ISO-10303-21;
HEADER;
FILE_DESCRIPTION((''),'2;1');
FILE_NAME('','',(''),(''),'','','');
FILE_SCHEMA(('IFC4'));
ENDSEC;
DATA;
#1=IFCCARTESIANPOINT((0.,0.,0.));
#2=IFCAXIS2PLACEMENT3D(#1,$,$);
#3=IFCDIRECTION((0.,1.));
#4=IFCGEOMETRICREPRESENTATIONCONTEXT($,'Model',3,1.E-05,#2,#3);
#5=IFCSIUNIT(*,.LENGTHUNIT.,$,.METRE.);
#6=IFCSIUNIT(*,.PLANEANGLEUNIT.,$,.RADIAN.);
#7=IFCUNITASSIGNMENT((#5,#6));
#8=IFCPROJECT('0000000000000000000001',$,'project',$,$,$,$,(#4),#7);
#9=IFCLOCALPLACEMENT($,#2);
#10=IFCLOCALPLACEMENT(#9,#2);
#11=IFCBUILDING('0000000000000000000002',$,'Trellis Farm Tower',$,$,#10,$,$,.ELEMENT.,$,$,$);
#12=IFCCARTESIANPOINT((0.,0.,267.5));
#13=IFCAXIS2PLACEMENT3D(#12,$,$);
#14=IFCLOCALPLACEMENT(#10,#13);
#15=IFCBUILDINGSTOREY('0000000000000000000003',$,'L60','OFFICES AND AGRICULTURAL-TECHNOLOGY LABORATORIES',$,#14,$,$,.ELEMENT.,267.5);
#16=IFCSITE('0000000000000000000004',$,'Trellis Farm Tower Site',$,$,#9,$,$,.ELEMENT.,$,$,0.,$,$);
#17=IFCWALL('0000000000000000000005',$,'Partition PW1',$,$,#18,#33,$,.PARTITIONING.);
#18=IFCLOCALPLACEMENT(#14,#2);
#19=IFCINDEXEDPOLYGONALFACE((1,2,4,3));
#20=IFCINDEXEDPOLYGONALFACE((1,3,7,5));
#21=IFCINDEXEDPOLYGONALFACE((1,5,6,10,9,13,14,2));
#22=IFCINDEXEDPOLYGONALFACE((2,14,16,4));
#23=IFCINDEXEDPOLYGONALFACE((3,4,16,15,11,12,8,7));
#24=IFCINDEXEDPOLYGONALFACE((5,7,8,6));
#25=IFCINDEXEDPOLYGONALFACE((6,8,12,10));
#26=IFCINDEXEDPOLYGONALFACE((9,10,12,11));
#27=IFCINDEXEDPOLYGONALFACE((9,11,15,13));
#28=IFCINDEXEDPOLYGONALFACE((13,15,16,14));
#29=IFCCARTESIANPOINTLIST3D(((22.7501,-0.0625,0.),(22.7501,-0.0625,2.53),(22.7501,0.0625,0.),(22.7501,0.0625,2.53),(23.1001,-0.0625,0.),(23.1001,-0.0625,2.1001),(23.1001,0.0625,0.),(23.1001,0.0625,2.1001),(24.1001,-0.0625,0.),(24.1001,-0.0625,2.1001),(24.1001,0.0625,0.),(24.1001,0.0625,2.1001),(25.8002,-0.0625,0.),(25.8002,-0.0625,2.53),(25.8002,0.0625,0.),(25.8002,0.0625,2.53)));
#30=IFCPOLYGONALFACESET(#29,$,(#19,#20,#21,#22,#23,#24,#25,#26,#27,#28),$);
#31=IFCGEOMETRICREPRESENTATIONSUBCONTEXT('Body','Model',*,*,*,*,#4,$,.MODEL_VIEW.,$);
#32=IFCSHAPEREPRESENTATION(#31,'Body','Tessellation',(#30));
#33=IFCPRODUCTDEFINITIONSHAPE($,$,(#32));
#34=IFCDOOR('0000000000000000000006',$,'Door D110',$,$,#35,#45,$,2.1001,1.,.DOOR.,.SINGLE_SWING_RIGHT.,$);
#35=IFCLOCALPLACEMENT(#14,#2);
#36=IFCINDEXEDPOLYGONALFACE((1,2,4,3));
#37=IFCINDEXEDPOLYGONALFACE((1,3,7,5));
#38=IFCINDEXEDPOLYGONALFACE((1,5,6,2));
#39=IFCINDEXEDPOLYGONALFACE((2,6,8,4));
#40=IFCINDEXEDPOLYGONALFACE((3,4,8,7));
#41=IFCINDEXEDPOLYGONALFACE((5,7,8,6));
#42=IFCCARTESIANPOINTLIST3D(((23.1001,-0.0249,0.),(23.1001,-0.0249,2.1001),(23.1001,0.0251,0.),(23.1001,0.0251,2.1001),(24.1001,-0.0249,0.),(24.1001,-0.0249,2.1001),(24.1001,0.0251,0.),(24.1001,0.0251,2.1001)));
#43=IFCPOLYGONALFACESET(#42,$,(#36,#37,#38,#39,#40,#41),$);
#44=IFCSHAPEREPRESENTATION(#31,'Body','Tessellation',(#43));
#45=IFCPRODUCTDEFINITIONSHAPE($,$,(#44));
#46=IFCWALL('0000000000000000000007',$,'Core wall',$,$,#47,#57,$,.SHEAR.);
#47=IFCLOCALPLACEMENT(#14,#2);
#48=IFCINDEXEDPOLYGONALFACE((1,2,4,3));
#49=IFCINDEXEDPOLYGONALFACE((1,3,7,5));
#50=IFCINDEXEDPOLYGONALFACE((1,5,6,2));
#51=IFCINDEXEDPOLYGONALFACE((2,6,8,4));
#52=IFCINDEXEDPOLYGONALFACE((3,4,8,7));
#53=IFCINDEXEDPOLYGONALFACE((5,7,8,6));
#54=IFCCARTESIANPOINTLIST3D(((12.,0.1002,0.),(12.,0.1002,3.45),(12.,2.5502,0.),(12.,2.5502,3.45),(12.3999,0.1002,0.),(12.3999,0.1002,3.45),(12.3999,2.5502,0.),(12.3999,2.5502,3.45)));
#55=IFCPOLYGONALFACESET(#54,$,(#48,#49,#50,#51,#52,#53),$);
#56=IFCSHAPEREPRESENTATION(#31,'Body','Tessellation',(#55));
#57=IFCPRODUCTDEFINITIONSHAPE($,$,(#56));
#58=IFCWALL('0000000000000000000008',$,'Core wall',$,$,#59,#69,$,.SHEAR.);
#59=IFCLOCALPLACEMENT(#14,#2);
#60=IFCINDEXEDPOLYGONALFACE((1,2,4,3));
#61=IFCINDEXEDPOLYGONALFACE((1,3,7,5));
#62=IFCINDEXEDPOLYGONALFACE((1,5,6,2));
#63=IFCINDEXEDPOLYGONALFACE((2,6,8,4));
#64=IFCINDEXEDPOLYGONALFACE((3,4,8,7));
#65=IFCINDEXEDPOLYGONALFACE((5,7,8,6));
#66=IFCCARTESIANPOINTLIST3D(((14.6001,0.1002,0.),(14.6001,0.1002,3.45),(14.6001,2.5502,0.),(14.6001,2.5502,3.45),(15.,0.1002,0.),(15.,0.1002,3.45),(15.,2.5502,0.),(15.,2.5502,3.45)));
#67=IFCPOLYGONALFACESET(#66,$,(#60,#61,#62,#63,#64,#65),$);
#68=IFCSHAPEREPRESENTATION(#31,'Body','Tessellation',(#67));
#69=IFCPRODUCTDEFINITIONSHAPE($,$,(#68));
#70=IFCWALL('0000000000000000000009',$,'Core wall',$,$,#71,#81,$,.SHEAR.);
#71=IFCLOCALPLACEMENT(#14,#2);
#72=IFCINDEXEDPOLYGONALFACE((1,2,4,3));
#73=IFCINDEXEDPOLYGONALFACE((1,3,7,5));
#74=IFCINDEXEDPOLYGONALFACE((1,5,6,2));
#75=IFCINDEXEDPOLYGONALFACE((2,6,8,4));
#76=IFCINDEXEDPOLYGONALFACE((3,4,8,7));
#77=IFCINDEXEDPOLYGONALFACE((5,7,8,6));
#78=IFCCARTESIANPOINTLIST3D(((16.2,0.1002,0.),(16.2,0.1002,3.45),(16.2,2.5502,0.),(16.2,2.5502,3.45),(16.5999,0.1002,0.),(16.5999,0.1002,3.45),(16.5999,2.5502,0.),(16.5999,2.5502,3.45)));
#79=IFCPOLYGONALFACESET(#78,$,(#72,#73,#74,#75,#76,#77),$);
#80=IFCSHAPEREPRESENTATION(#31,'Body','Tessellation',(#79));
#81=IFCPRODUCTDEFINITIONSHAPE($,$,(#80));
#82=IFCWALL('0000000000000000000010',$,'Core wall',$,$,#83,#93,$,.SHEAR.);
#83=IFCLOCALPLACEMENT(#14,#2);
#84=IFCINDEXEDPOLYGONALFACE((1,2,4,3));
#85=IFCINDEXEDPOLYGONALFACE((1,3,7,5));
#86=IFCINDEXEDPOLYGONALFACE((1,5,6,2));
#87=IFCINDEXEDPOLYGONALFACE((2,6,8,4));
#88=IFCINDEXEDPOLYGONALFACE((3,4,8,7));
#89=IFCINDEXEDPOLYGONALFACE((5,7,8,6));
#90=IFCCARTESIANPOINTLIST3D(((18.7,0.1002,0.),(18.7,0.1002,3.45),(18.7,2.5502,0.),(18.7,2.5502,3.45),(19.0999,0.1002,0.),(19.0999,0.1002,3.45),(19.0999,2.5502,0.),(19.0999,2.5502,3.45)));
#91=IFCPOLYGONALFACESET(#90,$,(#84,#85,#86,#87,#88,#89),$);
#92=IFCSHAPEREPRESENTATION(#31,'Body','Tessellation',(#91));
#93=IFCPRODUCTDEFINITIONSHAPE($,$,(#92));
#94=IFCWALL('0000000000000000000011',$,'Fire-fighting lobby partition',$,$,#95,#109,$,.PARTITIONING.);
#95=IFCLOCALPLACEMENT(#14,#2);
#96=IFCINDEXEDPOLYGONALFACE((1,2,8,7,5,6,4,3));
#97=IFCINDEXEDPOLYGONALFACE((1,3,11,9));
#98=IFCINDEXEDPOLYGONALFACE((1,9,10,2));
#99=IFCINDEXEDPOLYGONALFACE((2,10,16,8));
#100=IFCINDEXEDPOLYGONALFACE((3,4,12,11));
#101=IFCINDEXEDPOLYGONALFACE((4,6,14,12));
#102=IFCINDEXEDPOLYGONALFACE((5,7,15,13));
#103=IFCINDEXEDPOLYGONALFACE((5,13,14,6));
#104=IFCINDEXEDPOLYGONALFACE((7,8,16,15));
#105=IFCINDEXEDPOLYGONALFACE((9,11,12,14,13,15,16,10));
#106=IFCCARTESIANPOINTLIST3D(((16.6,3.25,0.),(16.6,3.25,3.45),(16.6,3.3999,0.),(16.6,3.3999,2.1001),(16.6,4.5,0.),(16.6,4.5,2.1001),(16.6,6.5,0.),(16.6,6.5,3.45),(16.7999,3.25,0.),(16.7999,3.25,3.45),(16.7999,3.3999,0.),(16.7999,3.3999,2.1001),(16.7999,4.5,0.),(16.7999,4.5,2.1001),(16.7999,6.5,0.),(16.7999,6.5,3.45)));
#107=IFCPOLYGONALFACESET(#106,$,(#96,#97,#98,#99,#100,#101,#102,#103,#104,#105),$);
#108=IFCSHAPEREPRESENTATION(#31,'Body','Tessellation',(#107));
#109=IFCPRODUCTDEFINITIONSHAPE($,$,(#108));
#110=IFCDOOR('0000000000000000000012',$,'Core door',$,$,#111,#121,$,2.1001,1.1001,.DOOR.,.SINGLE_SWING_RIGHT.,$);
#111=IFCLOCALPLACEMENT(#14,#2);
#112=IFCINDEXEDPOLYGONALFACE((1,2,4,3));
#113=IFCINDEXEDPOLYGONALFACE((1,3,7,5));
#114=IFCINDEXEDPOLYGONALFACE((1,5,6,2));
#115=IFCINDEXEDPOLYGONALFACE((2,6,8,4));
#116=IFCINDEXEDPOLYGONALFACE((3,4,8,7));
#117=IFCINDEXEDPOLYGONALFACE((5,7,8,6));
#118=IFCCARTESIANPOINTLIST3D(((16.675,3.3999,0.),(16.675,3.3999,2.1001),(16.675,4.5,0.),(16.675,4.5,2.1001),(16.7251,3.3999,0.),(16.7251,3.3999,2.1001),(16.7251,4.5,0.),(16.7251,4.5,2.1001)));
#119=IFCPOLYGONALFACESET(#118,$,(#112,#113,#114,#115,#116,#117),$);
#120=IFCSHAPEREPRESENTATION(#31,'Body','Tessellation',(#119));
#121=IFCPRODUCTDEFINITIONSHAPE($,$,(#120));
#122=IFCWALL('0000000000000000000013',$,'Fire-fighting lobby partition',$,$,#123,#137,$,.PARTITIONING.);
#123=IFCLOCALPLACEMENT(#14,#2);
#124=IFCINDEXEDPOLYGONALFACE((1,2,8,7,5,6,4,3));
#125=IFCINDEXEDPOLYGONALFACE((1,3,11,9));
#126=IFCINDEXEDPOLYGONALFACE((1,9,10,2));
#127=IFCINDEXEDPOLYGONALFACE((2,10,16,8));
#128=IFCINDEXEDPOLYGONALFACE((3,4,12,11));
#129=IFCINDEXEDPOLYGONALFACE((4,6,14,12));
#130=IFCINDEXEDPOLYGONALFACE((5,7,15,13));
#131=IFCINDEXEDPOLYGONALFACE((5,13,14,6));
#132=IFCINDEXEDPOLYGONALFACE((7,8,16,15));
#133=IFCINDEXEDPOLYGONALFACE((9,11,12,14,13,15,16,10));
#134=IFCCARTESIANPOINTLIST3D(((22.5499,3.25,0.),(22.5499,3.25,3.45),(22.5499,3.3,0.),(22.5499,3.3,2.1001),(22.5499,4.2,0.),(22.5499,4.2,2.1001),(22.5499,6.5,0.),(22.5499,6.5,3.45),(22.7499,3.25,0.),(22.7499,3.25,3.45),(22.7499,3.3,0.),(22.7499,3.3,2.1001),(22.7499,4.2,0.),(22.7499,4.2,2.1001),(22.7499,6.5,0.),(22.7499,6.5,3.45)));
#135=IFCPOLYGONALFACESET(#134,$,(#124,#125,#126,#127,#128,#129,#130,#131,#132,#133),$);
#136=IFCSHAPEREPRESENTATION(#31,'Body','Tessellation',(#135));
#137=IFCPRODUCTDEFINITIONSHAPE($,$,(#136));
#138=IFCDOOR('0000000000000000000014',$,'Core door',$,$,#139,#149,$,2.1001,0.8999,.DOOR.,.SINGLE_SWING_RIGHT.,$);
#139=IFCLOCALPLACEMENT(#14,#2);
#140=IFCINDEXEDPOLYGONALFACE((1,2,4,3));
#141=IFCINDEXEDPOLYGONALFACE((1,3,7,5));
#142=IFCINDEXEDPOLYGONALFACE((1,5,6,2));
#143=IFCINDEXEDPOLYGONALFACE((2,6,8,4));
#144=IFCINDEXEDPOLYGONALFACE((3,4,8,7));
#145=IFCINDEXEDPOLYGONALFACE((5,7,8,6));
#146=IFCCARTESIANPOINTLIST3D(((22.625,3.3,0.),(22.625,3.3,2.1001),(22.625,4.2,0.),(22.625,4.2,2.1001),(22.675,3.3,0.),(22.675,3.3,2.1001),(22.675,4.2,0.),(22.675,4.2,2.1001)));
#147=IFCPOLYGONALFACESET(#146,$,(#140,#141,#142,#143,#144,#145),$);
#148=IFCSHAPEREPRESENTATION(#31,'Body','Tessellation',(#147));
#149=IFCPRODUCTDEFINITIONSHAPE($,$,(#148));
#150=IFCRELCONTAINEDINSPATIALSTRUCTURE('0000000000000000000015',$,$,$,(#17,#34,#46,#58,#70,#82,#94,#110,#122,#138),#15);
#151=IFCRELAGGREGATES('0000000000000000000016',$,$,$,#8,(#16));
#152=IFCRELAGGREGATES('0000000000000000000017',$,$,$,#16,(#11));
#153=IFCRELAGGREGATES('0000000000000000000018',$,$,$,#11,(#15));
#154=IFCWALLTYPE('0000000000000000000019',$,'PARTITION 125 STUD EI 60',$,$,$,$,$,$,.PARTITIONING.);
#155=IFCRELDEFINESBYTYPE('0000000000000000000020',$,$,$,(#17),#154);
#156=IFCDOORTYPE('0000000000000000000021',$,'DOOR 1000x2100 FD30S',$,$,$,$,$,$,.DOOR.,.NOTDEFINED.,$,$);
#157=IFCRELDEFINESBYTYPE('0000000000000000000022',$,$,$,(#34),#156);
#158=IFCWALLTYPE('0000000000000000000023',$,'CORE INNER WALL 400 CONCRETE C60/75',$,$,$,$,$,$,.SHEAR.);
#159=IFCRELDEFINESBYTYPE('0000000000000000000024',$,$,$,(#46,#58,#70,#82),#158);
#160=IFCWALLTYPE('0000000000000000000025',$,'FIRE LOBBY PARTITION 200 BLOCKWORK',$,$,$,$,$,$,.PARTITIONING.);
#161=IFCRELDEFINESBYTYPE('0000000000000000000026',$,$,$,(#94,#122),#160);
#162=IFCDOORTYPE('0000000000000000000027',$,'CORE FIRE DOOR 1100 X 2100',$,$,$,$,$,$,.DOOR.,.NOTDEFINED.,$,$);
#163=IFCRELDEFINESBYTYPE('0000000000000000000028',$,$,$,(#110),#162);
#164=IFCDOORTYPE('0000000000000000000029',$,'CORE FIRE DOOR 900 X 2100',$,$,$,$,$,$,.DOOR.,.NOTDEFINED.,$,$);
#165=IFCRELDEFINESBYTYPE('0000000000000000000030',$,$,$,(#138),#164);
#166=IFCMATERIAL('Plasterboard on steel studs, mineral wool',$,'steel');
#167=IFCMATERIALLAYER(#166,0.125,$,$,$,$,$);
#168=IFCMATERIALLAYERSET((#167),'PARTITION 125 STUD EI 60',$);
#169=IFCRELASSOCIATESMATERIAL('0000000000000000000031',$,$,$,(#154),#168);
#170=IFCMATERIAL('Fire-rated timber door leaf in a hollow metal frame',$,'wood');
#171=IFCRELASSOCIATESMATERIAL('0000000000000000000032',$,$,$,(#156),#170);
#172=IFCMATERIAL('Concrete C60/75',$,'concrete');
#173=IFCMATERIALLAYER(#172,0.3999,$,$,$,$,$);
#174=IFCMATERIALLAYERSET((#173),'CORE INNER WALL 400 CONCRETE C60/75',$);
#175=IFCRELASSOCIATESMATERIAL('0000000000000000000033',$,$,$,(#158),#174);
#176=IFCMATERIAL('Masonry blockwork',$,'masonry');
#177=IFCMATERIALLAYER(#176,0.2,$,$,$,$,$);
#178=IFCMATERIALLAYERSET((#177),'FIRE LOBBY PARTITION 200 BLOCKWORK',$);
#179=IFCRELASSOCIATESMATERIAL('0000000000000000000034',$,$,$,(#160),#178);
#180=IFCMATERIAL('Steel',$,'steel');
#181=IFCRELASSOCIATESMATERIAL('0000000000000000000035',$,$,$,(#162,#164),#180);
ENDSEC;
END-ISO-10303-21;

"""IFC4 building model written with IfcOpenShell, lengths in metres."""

from ifc_helpers import new_model, si_unit, direction, frame, frame_2d, origin, place, context, subcontext, project, spatial, rectangle, extrude, source, transform, mapped, material, layer, layer_set, type_object, element, fill, save


model = new_model("IFC4")

# Units and contexts
model_context = context("Model", 3, precision=1e-05, world=origin(), true_north=direction((0.0, 1.0)))
body_context = subcontext(model_context, "Body", "Model", "MODEL_VIEW")
ifc_project = project(units=[si_unit("LENGTHUNIT", "METRE"), si_unit("PLANEANGLEUNIT", "RADIAN")], contexts=[model_context])

# Site, building, storey
site_placement = place(None, origin())
site = spatial("IfcSite", under=ifc_project, at=site_placement, Name="Trellis Farm Tower Site", CompositionType="ELEMENT", RefElevation=0.0)
building_placement = place(site_placement, origin())
building = spatial("IfcBuilding", under=site, at=building_placement, Name="Trellis Farm Tower", CompositionType="ELEMENT")
storey_placement = place(building_placement, frame((0.0, 0.0, 267.5)))
storey = spatial("IfcBuildingStorey", under=building, at=storey_placement, Name="L60", Description="OFFICES AND AGRICULTURAL-TECHNOLOGY LABORATORIES", CompositionType="ELEMENT", Elevation=267.5)

# Shared definitions
ifc_material_1 = material(Name="Concrete C60/75", Category="concrete")

# Wall, opening, door
ifc_material_2 = material(Name="Plasterboard on steel studs, mineral wool", Category="steel")
ifc_layer_1 = layer(ifc_material_2, 0.125)
ifc_layer_set_1 = layer_set([ifc_layer_1], Name="PARTITION 125 STUD EI 60")
wall_type_1 = type_object("IfcWallType", Name="PARTITION 125 STUD EI 60", PredefinedType="PARTITIONING", material=ifc_layer_set_1)
wall_1_placement = place(storey_placement, frame((25.8, 0.0, 0.0), z_axis=(0.0, 0.0, 1.0), x_axis=(-1.0, 0.0, 0.0)))
wall_1 = element("IfcWall", 1, at=wall_1_placement, inside=storey, type_object=wall_type_1, Name="Partition PW1", PredefinedType="PARTITIONING", context=body_context, shape_type="SweptSolid", body=[
    extrude(rectangle(XDim=3.05, YDim=0.125, at=frame_2d((1.5249, 0.0))), origin(), (0.0, 0.0, 1.0), 2.53),
])
shared_shape_1 = source(origin(), body_context, "Body", "SweptSolid", [
    extrude(rectangle(XDim=1.0, YDim=2.1001, at=frame_2d((0.5, 1.05))), frame((0.0, 0.0725, 0.0), z_axis=(0.0, -1.0, 0.0), x_axis=(1.0, 0.0, 0.0)), (0.0, 0.0, 1.0), 0.145),
])
opening_1_placement = place(wall_1_placement, frame((1.7, 0.0, 0.0)))
opening_1 = element("IfcOpeningElement", 2, at=opening_1_placement, cuts=wall_1, PredefinedType="OPENING", context=body_context, shape_type="MappedRepresentation", body=[
    mapped(shared_shape_1, transform((0.0, 0.0, 0.0))),
])
ifc_material_3 = material(Name="Fire-rated timber door leaf in a hollow metal frame", Category="wood")
door_type_1 = type_object("IfcDoorType", Name="DOOR 1000x2100 FD30S", OperationType="NOTDEFINED", PredefinedType="DOOR", material=ifc_material_3)
shared_shape_2 = source(origin(), body_context, "Body", "SweptSolid", [
    extrude(rectangle(XDim=1.0, YDim=2.1001, at=frame_2d((0.5, 1.05))), frame((0.0, 0.0249, 0.0), z_axis=(0.0, -1.0, 0.0), x_axis=(1.0, 0.0, 0.0)), (0.0, 0.0, 1.0), 0.05),
])
door_1_placement = place(opening_1_placement, origin())
door_1 = element("IfcDoor", 3, at=door_1_placement, inside=storey, type_object=door_type_1, Name="Door D110", OperationType="SINGLE_SWING_RIGHT", OverallHeight=2.1001, OverallWidth=1.0, PredefinedType="DOOR", context=body_context, shape_type="MappedRepresentation", body=[
    mapped(shared_shape_2, transform((0.0, 0.0, 0.0))),
])
fill(opening_1, door_1)

# Walls
ifc_layer_2 = layer(ifc_material_1, 0.3999)
ifc_layer_set_2 = layer_set([ifc_layer_2], Name="CORE INNER WALL 400 CONCRETE C60/75")
wall_type_2 = type_object("IfcWallType", Name="CORE INNER WALL 400 CONCRETE C60/75", PredefinedType="SHEAR", material=ifc_layer_set_2)
shared_shape_3 = source(origin(), body_context, "Body", "SweptSolid", [
    extrude(rectangle(XDim=2.45, YDim=0.3999, at=frame_2d((1.2251, 0.0))), origin(), (0.0, 0.0, 1.0), 3.45),
])
for number, where, z_axis, x_axis, name in (
    (4, (12.2, 0.1001, 0.0), (0.0, 0.0, 1.0), (0.0, 1.0, 0.0), "Core wall"),
    (5, (14.8, 0.1001, 0.0), (0.0, 0.0, 1.0), (0.0, 1.0, 0.0), "Core wall"),
    (6, (16.3999, 0.1001, 0.0), (0.0, 0.0, 1.0), (0.0, 1.0, 0.0), "Core wall"),
    (7, (18.8999, 0.1001, 0.0), (0.0, 0.0, 1.0), (0.0, 1.0, 0.0), "Core wall"),
):
    element("IfcWall", number, at=place(storey_placement, frame(where, z_axis=z_axis, x_axis=x_axis)), inside=storey, type_object=wall_type_2, Name=name, PredefinedType="SHEAR", context=body_context, shape_type="MappedRepresentation", body=[
        mapped(shared_shape_3, transform((0.0, 0.0, 0.0))),
    ])

# Walls, openings, doors
ifc_material_4 = material(Name="Masonry blockwork", Category="masonry")
ifc_layer_3 = layer(ifc_material_4, 0.2)
ifc_layer_set_3 = layer_set([ifc_layer_3], Name="FIRE LOBBY PARTITION 200 BLOCKWORK")
wall_type_3 = type_object("IfcWallType", Name="FIRE LOBBY PARTITION 200 BLOCKWORK", PredefinedType="PARTITIONING", material=ifc_layer_set_3)
shared_shape_4 = source(origin(), body_context, "Body", "SweptSolid", [
    extrude(rectangle(XDim=3.25, YDim=0.2, at=frame_2d((1.625, 0.0))), origin(), (0.0, 0.0, 1.0), 3.45),
])
wall_2_placement = place(storey_placement, frame((16.7, 3.25, 0.0), z_axis=(0.0, 0.0, 1.0), x_axis=(0.0, 1.0, 0.0)))
wall_2 = element("IfcWall", 8, at=wall_2_placement, inside=storey, type_object=wall_type_3, Name="Fire-fighting lobby partition", PredefinedType="PARTITIONING", context=body_context, shape_type="MappedRepresentation", body=[
    mapped(shared_shape_4, transform((0.0, 0.0, 0.0))),
])
shared_shape_5 = source(origin(), body_context, "Body", "SweptSolid", [
    extrude(rectangle(XDim=1.1001, YDim=2.1001, at=frame_2d((0.55, 1.05))), frame((0.0, 0.1101, 0.0), z_axis=(0.0, -1.0, 0.0), x_axis=(1.0, 0.0, 0.0)), (0.0, 0.0, 1.0), 0.2202),
])
opening_2_placement = place(wall_2_placement, frame((0.1499, 0.0, 0.0)))
opening_2 = element("IfcOpeningElement", 9, at=opening_2_placement, cuts=wall_2, PredefinedType="OPENING", context=body_context, shape_type="MappedRepresentation", body=[
    mapped(shared_shape_5, transform((0.0, 0.0, 0.0))),
])
ifc_material_5 = material(Name="Steel", Category="steel")
door_type_2 = type_object("IfcDoorType", Name="CORE FIRE DOOR 1100 X 2100", OperationType="NOTDEFINED", PredefinedType="DOOR", material=ifc_material_5)
shared_shape_6 = source(origin(), body_context, "Body", "SweptSolid", [
    extrude(rectangle(XDim=1.1001, YDim=2.1001, at=frame_2d((0.55, 1.05))), frame((0.0, 0.0249, 0.0), z_axis=(0.0, -1.0, 0.0), x_axis=(1.0, 0.0, 0.0)), (0.0, 0.0, 1.0), 0.05),
])
door_2_placement = place(opening_2_placement, origin())
door_2 = element("IfcDoor", 10, at=door_2_placement, inside=storey, type_object=door_type_2, Name="Core door", OperationType="SINGLE_SWING_RIGHT", OverallHeight=2.1001, OverallWidth=1.1001, PredefinedType="DOOR", context=body_context, shape_type="MappedRepresentation", body=[
    mapped(shared_shape_6, transform((0.0, 0.0, 0.0))),
])
fill(opening_2, door_2)
wall_3_placement = place(storey_placement, frame((22.6499, 3.25, 0.0), z_axis=(0.0, 0.0, 1.0), x_axis=(0.0, 1.0, 0.0)))
wall_3 = element("IfcWall", 11, at=wall_3_placement, inside=storey, type_object=wall_type_3, Name="Fire-fighting lobby partition", PredefinedType="PARTITIONING", context=body_context, shape_type="MappedRepresentation", body=[
    mapped(shared_shape_4, transform((0.0, 0.0, 0.0))),
])
shared_shape_7 = source(origin(), body_context, "Body", "SweptSolid", [
    extrude(rectangle(XDim=0.8999, YDim=2.1001, at=frame_2d((0.45, 1.05))), frame((0.0, 0.1101, 0.0), z_axis=(0.0, -1.0, 0.0), x_axis=(1.0, 0.0, 0.0)), (0.0, 0.0, 1.0), 0.2202),
])
opening_3_placement = place(wall_3_placement, frame((0.05, 0.0, 0.0)))
opening_3 = element("IfcOpeningElement", 12, at=opening_3_placement, cuts=wall_3, PredefinedType="OPENING", context=body_context, shape_type="MappedRepresentation", body=[
    mapped(shared_shape_7, transform((0.0, 0.0, 0.0))),
])
door_type_3 = type_object("IfcDoorType", Name="CORE FIRE DOOR 900 X 2100", OperationType="NOTDEFINED", PredefinedType="DOOR", material=ifc_material_5)
shared_shape_8 = source(origin(), body_context, "Body", "SweptSolid", [
    extrude(rectangle(XDim=0.8999, YDim=2.1001, at=frame_2d((0.45, 1.05))), frame((0.0, 0.0249, 0.0), z_axis=(0.0, -1.0, 0.0), x_axis=(1.0, 0.0, 0.0)), (0.0, 0.0, 1.0), 0.05),
])
door_3_placement = place(opening_3_placement, origin())
door_3 = element("IfcDoor", 13, at=door_3_placement, inside=storey, type_object=door_type_3, Name="Core door", OperationType="SINGLE_SWING_RIGHT", OverallHeight=2.1001, OverallWidth=0.8999, PredefinedType="DOOR", context=body_context, shape_type="MappedRepresentation", body=[
    mapped(shared_shape_8, transform((0.0, 0.0, 0.0))),
])
fill(opening_3, door_3)

save(model, "model.ifc")
